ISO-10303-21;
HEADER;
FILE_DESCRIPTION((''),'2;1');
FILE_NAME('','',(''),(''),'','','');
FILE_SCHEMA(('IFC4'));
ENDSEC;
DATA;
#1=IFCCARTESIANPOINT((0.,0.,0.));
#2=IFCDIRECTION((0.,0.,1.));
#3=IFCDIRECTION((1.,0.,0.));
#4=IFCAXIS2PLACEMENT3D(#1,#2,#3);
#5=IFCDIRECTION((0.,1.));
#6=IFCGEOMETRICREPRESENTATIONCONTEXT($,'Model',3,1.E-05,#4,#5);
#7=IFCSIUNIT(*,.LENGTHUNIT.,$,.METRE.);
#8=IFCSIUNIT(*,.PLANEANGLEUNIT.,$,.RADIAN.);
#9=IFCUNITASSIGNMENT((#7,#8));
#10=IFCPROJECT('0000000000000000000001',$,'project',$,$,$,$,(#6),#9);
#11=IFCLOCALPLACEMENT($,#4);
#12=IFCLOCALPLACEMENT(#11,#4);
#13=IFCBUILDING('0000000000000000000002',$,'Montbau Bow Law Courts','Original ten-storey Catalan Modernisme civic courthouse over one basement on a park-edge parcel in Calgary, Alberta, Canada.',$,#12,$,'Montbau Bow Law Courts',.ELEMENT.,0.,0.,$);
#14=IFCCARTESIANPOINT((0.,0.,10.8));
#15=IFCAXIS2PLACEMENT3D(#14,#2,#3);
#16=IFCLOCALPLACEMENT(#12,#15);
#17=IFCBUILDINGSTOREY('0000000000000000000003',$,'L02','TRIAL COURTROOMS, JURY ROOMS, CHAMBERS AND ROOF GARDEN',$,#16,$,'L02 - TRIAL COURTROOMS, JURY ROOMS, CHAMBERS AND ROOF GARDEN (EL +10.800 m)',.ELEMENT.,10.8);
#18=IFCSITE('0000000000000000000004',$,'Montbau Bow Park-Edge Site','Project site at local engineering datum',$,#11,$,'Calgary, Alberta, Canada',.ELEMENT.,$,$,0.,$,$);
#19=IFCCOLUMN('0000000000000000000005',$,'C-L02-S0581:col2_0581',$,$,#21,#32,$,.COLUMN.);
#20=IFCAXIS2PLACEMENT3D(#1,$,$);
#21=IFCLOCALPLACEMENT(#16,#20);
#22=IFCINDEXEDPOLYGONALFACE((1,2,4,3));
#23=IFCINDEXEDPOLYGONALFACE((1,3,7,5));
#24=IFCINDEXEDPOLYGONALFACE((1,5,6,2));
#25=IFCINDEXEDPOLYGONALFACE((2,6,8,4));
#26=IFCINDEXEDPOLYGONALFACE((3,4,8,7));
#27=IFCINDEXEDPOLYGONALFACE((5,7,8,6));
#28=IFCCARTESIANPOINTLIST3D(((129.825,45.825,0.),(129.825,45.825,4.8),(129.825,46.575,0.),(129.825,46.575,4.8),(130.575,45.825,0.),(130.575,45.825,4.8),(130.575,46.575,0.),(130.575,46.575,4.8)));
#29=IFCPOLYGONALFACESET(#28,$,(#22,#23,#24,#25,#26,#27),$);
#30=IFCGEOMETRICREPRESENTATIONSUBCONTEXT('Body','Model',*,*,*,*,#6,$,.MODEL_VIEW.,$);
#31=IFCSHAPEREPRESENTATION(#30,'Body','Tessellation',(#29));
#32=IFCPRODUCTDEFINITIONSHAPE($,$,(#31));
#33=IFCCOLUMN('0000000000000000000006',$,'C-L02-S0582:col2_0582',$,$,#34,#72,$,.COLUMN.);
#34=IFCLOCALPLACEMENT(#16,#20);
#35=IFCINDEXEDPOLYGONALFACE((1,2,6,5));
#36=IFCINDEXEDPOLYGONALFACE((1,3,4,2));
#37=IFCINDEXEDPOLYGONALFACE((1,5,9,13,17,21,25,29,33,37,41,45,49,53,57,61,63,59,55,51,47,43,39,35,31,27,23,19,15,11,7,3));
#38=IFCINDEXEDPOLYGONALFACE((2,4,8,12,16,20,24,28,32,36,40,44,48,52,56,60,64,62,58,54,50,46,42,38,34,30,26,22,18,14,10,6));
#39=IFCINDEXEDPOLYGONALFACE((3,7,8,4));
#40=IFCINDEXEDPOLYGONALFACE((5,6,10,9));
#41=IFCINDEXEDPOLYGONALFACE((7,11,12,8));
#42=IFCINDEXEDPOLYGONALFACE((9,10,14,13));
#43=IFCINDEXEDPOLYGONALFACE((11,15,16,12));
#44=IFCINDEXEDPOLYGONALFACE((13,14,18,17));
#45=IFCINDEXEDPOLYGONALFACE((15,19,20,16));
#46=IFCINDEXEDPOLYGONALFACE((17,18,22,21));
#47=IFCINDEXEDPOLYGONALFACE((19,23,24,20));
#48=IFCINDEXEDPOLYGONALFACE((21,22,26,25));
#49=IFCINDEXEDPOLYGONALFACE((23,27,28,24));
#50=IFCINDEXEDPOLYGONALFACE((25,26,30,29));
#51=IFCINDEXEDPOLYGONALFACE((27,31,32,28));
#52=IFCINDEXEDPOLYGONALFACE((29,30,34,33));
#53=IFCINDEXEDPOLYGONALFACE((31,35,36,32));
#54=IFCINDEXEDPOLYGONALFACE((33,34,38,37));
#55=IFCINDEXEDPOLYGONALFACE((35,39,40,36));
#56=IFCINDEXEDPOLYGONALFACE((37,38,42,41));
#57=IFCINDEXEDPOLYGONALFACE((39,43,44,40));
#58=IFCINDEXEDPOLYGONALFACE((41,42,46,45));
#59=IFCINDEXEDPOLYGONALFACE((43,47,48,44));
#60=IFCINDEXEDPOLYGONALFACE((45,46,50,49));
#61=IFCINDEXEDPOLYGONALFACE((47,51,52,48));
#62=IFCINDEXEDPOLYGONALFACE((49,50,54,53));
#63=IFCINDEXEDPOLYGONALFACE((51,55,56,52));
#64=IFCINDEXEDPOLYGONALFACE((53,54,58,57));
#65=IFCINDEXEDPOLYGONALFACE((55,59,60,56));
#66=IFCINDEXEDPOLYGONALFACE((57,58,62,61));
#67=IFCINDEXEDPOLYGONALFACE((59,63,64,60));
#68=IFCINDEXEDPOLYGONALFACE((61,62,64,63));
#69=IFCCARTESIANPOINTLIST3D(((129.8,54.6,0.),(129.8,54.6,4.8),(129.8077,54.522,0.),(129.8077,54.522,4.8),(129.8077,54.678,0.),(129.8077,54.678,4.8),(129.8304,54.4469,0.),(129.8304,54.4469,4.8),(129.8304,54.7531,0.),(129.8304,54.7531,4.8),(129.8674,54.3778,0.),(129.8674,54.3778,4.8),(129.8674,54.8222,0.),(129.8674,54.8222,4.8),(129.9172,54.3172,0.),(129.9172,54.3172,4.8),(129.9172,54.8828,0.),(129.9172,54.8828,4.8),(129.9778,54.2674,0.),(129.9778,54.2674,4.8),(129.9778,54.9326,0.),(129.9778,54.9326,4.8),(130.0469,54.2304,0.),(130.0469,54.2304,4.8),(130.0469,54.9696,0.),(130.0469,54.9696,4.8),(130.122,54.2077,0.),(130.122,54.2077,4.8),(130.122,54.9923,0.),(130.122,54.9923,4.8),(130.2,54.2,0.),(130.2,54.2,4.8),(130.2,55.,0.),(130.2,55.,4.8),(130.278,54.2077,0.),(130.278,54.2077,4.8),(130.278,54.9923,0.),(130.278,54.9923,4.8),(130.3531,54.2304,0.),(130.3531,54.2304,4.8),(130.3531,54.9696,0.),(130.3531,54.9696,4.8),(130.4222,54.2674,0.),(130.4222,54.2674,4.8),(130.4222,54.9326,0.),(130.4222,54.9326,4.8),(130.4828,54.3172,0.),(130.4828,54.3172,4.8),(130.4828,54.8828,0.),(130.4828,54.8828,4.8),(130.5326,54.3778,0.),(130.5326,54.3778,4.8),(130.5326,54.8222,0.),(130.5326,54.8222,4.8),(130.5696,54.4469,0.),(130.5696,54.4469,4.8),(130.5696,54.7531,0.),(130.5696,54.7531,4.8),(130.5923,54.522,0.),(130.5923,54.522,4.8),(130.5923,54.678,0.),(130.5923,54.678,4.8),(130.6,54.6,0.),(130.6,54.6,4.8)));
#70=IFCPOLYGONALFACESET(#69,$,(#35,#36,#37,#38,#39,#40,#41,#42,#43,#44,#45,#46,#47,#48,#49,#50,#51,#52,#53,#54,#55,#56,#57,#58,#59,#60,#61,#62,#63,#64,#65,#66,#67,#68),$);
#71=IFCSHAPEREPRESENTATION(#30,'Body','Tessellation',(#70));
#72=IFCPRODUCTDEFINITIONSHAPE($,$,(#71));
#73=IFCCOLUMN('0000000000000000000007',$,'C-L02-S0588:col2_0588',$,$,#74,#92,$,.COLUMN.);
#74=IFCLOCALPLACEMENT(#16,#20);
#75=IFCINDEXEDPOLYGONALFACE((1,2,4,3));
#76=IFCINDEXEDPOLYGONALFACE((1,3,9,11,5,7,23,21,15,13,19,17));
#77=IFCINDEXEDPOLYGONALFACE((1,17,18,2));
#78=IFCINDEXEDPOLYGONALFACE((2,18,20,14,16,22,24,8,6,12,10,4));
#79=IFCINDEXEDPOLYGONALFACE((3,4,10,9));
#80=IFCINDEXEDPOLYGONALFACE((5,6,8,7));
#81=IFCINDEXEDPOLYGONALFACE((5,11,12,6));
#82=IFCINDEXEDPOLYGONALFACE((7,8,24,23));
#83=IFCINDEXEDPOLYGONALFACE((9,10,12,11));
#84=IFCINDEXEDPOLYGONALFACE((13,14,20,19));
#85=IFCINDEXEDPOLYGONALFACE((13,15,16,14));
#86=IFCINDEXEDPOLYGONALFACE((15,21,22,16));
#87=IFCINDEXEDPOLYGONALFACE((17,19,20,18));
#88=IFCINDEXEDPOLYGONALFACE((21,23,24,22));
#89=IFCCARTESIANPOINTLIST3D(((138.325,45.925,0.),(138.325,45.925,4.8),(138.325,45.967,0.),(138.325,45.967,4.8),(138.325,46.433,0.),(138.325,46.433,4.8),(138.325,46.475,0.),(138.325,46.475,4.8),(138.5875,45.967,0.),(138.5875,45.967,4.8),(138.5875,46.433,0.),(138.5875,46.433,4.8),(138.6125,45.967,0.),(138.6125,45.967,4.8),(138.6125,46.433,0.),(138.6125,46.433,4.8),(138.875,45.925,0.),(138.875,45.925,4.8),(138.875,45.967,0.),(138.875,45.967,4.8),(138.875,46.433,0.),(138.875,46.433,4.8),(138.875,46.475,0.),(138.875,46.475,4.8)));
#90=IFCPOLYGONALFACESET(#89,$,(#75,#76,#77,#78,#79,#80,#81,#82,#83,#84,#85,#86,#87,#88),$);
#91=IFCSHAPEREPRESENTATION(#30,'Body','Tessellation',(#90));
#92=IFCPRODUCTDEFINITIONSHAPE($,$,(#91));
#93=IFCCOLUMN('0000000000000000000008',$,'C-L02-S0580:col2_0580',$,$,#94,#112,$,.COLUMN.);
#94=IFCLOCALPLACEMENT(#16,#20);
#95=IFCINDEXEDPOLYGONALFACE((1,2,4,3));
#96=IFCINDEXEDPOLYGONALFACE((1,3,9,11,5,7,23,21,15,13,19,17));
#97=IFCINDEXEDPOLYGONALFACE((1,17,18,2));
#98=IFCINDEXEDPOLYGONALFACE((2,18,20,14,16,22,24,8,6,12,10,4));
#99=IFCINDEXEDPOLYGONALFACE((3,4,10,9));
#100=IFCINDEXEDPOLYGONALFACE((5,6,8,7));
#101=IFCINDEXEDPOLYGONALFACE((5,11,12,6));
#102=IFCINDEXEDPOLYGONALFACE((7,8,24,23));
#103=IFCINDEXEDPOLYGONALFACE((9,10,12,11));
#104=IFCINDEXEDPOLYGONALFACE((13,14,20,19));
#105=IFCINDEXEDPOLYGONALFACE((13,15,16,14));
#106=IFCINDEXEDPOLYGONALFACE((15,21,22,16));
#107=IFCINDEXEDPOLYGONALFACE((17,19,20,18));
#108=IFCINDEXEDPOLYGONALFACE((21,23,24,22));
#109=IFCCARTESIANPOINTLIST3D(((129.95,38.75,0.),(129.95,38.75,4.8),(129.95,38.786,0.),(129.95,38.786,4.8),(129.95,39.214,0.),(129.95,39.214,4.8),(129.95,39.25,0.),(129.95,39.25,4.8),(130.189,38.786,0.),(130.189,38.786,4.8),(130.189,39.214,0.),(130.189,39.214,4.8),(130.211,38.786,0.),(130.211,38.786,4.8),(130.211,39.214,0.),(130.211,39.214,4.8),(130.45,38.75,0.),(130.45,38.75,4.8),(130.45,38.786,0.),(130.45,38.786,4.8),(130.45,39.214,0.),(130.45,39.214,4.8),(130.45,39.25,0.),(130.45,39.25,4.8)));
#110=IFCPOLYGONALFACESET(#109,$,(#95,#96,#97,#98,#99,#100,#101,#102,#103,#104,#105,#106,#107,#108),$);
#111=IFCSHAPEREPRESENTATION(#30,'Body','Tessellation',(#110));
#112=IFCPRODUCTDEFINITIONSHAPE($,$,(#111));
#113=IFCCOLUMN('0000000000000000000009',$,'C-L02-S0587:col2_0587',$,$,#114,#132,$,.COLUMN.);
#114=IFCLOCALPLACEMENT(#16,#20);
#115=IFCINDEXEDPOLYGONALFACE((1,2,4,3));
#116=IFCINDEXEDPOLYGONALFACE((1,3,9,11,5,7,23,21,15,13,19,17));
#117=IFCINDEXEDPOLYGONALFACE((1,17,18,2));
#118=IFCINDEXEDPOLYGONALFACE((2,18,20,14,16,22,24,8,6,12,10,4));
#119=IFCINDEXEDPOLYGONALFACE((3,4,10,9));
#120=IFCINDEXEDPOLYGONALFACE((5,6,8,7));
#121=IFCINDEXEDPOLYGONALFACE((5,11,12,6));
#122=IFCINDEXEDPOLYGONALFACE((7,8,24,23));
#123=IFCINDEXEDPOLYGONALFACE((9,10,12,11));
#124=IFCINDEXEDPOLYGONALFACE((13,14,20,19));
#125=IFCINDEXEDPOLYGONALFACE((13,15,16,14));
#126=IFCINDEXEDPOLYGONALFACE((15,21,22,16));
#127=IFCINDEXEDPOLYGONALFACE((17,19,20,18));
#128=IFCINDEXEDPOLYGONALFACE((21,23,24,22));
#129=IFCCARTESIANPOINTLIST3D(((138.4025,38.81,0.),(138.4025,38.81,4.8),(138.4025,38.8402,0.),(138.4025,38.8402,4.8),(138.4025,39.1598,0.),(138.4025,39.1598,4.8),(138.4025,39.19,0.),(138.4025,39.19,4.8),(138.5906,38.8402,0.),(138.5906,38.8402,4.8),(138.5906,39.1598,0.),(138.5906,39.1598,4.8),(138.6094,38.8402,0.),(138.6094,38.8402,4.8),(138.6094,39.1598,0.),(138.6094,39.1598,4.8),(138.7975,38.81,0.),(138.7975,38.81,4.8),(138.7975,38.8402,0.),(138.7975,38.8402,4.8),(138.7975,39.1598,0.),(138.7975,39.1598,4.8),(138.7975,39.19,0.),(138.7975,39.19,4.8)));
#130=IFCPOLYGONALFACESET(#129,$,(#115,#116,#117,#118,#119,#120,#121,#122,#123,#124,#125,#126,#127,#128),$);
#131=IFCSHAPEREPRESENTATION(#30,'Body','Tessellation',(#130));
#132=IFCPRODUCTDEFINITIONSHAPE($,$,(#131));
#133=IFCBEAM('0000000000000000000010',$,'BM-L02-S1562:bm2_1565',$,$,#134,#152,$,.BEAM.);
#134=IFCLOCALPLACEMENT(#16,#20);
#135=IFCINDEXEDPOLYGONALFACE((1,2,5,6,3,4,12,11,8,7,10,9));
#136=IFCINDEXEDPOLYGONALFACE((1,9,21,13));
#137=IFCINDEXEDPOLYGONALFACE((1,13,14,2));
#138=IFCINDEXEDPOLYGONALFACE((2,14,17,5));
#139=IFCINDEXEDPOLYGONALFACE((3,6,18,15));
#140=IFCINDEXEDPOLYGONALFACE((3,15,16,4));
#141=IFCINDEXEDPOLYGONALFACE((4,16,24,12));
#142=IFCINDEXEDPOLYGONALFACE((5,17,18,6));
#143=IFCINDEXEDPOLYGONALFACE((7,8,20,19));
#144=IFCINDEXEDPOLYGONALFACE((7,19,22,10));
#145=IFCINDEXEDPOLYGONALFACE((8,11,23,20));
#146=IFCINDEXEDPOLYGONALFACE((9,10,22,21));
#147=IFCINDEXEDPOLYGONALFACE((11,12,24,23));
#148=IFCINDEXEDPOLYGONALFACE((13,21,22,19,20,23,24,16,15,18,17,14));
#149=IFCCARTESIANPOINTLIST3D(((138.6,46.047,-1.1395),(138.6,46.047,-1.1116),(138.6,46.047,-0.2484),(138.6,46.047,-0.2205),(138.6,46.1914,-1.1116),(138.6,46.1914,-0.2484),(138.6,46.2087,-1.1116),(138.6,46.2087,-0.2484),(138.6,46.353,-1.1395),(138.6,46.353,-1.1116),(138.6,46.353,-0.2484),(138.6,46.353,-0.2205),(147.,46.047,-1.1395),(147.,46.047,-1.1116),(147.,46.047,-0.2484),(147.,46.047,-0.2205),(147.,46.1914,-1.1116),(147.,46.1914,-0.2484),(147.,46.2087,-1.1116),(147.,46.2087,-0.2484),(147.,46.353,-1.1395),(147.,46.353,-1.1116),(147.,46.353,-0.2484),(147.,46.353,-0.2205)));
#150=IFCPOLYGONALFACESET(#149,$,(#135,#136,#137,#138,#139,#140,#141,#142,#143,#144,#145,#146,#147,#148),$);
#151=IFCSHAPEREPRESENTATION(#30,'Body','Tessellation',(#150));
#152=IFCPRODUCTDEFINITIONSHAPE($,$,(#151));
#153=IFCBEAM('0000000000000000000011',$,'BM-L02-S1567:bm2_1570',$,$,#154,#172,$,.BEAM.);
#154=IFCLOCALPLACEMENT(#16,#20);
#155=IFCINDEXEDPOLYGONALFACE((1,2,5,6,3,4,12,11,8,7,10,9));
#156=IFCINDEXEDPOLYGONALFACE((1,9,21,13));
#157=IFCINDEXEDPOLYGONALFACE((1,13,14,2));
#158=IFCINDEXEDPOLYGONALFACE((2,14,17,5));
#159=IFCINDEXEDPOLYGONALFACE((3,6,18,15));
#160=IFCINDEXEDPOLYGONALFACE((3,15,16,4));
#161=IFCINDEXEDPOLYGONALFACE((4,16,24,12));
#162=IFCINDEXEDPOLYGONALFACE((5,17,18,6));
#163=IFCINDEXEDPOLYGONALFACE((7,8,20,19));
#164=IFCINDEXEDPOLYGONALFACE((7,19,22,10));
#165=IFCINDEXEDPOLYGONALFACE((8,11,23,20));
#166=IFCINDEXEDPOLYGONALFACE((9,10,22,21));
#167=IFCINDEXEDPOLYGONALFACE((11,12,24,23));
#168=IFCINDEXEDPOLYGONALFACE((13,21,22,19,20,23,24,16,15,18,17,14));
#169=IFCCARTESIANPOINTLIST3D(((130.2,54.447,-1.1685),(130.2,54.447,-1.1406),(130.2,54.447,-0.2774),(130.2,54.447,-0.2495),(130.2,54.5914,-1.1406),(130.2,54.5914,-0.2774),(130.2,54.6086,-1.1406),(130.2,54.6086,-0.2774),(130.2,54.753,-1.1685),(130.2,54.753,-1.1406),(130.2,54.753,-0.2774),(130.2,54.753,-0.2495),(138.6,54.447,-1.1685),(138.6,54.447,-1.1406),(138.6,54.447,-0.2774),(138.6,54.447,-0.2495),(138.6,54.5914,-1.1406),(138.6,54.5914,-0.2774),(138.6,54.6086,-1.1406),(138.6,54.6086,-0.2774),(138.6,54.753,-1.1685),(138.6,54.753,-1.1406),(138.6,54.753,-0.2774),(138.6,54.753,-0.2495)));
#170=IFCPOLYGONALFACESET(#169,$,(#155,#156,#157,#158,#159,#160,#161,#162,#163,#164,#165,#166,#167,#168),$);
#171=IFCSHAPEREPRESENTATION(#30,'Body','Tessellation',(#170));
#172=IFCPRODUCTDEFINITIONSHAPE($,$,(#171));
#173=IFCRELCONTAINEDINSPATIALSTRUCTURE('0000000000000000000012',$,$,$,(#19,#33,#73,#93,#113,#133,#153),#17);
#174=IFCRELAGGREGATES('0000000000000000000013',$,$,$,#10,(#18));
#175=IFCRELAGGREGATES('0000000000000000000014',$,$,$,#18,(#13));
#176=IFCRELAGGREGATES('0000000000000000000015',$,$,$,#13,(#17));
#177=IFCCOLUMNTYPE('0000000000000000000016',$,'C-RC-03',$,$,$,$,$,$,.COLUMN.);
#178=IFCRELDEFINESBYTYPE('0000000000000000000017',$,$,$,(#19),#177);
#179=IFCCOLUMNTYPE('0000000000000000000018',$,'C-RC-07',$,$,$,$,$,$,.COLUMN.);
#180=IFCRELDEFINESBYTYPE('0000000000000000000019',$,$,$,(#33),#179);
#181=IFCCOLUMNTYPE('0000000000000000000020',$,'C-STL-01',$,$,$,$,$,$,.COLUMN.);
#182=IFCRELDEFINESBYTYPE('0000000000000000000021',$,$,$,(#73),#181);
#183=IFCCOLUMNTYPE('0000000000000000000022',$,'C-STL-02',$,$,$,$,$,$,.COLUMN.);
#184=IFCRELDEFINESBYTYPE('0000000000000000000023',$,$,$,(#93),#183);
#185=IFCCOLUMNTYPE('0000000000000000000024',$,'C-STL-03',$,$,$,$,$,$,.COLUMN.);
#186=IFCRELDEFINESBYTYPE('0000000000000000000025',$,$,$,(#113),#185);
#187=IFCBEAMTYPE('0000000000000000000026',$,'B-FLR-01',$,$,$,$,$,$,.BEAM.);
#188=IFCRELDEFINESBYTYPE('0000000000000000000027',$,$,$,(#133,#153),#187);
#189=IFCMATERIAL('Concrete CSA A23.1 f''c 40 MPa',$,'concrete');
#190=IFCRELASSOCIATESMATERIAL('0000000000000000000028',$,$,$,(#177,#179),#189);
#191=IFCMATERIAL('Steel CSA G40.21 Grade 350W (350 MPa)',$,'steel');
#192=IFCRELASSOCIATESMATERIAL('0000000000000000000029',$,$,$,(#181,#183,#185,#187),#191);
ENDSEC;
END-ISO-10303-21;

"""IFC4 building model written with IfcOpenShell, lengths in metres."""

from ifc_helpers import new_model, si_unit, direction, frame, origin_with_axes, origin_2d_with_axis, place, context, subcontext, project, spatial, rectangle, circle, i_section, extrude, material, material_profile, profile_set, type_object, element, save


model = new_model("IFC4")

# Units and contexts
model_context = context("Model", 3, precision=1e-05, world=origin_with_axes(), true_north=direction((0.0, 1.0)))
body_context = subcontext(model_context, "Body", "Model", "MODEL_VIEW")
ifc_project = project(units=[si_unit("LENGTHUNIT", "METRE"), si_unit("PLANEANGLEUNIT", "RADIAN")], contexts=[model_context])

# Site, building, storey
site_placement = place(None, origin_with_axes())
site = spatial("IfcSite", under=ifc_project, at=site_placement, Name="Montbau Bow Park-Edge Site", Description="Project site at local engineering datum", LongName="Calgary, Alberta, Canada", CompositionType="ELEMENT", RefElevation=0.0)
building_placement = place(site_placement, origin_with_axes())
building = spatial("IfcBuilding", under=site, at=building_placement, Name="Montbau Bow Law Courts", Description="Original ten-storey Catalan Modernisme civic courthouse over one basement on a park-edge parcel in Calgary, Alberta, Canada.", LongName="Montbau Bow Law Courts", CompositionType="ELEMENT", ElevationOfRefHeight=0.0, ElevationOfTerrain=0.0)
storey_placement = place(building_placement, frame((0.0, 0.0, 10.8), z_axis=(0.0, 0.0, 1.0), x_axis=(1.0, 0.0, 0.0)))
storey = spatial("IfcBuildingStorey", under=building, at=storey_placement, Name="L02", Description="TRIAL COURTROOMS, JURY ROOMS, CHAMBERS AND ROOF GARDEN", LongName="L02 - TRIAL COURTROOMS, JURY ROOMS, CHAMBERS AND ROOF GARDEN (EL +10.800 m)", CompositionType="ELEMENT", Elevation=10.8)

# Columns
ifc_material_1 = material(Name="Concrete CSA A23.1 f'c 40 MPa", Category="concrete")
ifc_material_profile_1 = material_profile(ifc_material_1, rectangle(XDim=0.75, YDim=0.75, at=origin_2d_with_axis()), Name="RC750X750", Category="Main", Priority=0)
ifc_profile_set_1 = profile_set([ifc_material_profile_1], Name="Concrete CSA A23.1 f'c 40 MPa")
column_type_1 = type_object("IfcColumnType", Name="C-RC-03", PredefinedType="COLUMN", material=ifc_profile_set_1)
column_1_placement = place(None, frame((130.2, 46.2, 10.8), z_axis=(0.0, 0.0, 1.0), x_axis=(1.0, 0.0, 0.0)))
element("IfcColumn", 1, at=column_1_placement, inside=storey, type_object=column_type_1, Name="C-L02-S0581:col2_0581", PredefinedType="COLUMN", context=body_context, shape_type="SweptSolid", body=[
    extrude(rectangle(XDim=0.75, YDim=0.75, at=origin_2d_with_axis()), origin_with_axes(), (0.0, 0.0, 1.0), 4.8),
])
ifc_material_profile_2 = material_profile(ifc_material_1, circle(Radius=0.4, at=origin_2d_with_axis()), Name="RC800D", Category="Main", Priority=0)
ifc_profile_set_2 = profile_set([ifc_material_profile_2], Name="Concrete CSA A23.1 f'c 40 MPa")
column_type_2 = type_object("IfcColumnType", Name="C-RC-07", PredefinedType="COLUMN", material=ifc_profile_set_2)
column_2_placement = place(None, frame((130.2, 54.6, 10.8), z_axis=(0.0, 0.0, 1.0), x_axis=(1.0, 0.0, 0.0)))
element("IfcColumn", 2, at=column_2_placement, inside=storey, type_object=column_type_2, Name="C-L02-S0582:col2_0582", PredefinedType="COLUMN", context=body_context, shape_type="SweptSolid", body=[
    extrude(circle(Radius=0.4, at=origin_2d_with_axis()), origin_with_axes(), (0.0, 0.0, 1.0), 4.8),
])
ifc_material_2 = material(Name="Steel CSA G40.21 Grade 350W (350 MPa)", Category="steel")
ifc_material_profile_3 = material_profile(ifc_material_2, i_section(OverallWidth=0.55, OverallDepth=0.55, WebThickness=0.025, FlangeThickness=0.042, at=origin_2d_with_axis()), Name="WWF550X420", Category="Main", Priority=0)
ifc_profile_set_3 = profile_set([ifc_material_profile_3], Name="Steel CSA G40.21 Grade 350W (350 MPa)")
column_type_3 = type_object("IfcColumnType", Name="C-STL-01", PredefinedType="COLUMN", material=ifc_profile_set_3)
column_3_placement = place(None, frame((138.6, 46.2, 10.8), z_axis=(0.0, 0.0, 1.0), x_axis=(1.0, 0.0, 0.0)))
element("IfcColumn", 3, at=column_3_placement, inside=storey, type_object=column_type_3, Name="C-L02-S0588:col2_0588", PredefinedType="COLUMN", context=body_context, shape_type="SweptSolid", body=[
    extrude(i_section(OverallWidth=0.55, OverallDepth=0.55, WebThickness=0.025, FlangeThickness=0.042, at=origin_2d_with_axis()), origin_with_axes(), (0.0, 0.0, 1.0), 4.8),
])
ifc_material_profile_4 = material_profile(ifc_material_2, i_section(OverallWidth=0.5, OverallDepth=0.5, WebThickness=0.022, FlangeThickness=0.036, at=origin_2d_with_axis()), Name="WWF500X343", Category="Main", Priority=0)
ifc_profile_set_4 = profile_set([ifc_material_profile_4], Name="Steel CSA G40.21 Grade 350W (350 MPa)")
column_type_4 = type_object("IfcColumnType", Name="C-STL-02", PredefinedType="COLUMN", material=ifc_profile_set_4)
column_4_placement = place(None, frame((130.2, 39.0, 10.8), z_axis=(0.0, 0.0, 1.0), x_axis=(1.0, 0.0, 0.0)))
element("IfcColumn", 4, at=column_4_placement, inside=storey, type_object=column_type_4, Name="C-L02-S0580:col2_0580", PredefinedType="COLUMN", context=body_context, shape_type="SweptSolid", body=[
    extrude(i_section(OverallWidth=0.5, OverallDepth=0.5, WebThickness=0.022, FlangeThickness=0.036, at=origin_2d_with_axis()), origin_with_axes(), (0.0, 0.0, 1.0), 4.8),
])
ifc_material_profile_5 = material_profile(ifc_material_2, i_section(OverallWidth=0.395, OverallDepth=0.38, WebThickness=0.0189, FlangeThickness=0.0302, at=origin_2d_with_axis()), Name="W360X237", Category="Main", Priority=0)
ifc_profile_set_5 = profile_set([ifc_material_profile_5], Name="Steel CSA G40.21 Grade 350W (350 MPa)")
column_type_5 = type_object("IfcColumnType", Name="C-STL-03", PredefinedType="COLUMN", material=ifc_profile_set_5)
column_5_placement = place(None, frame((138.6, 39.0, 10.8), z_axis=(0.0, 0.0, 1.0), x_axis=(1.0, 0.0, 0.0)))
element("IfcColumn", 5, at=column_5_placement, inside=storey, type_object=column_type_5, Name="C-L02-S0587:col2_0587", PredefinedType="COLUMN", context=body_context, shape_type="SweptSolid", body=[
    extrude(i_section(OverallWidth=0.395, OverallDepth=0.38, WebThickness=0.0189, FlangeThickness=0.0302, at=origin_2d_with_axis()), origin_with_axes(), (0.0, 0.0, 1.0), 4.8),
])

# Beams
ifc_material_profile_6 = material_profile(ifc_material_2, i_section(OverallWidth=0.306, OverallDepth=0.919, WebThickness=0.0173, FlangeThickness=0.0279, at=origin_2d_with_axis()), Name="W920X253", Category="Main", Priority=0)
ifc_profile_set_6 = profile_set([ifc_material_profile_6], Name="Steel CSA G40.21 Grade 350W (350 MPa)")
beam_type_1 = type_object("IfcBeamType", Name="B-FLR-01", PredefinedType="BEAM", material=ifc_profile_set_6)
for number, where, z_axis, x_axis, name in (
    (6, (138.6, 46.2, 10.12), (1.0, 0.0, 0.0), (0.0, 1.0, 0.0), "BM-L02-S1562:bm2_1565"),
    (7, (130.2, 54.6, 10.091), (1.0, 0.0, 0.0), (0.0, 1.0, 0.0), "BM-L02-S1567:bm2_1570"),
):
    element("IfcBeam", number, at=place(None, frame(where, z_axis=z_axis, x_axis=x_axis)), inside=storey, type_object=beam_type_1, Name=name, PredefinedType="BEAM", context=body_context, shape_type="SweptSolid", body=[
        extrude(i_section(OverallWidth=0.306, OverallDepth=0.919, WebThickness=0.0173, FlangeThickness=0.0279, at=origin_2d_with_axis()), origin_with_axes(), (0.0, 0.0, 1.0), 8.4),
    ])

save(model, "model.ifc")
